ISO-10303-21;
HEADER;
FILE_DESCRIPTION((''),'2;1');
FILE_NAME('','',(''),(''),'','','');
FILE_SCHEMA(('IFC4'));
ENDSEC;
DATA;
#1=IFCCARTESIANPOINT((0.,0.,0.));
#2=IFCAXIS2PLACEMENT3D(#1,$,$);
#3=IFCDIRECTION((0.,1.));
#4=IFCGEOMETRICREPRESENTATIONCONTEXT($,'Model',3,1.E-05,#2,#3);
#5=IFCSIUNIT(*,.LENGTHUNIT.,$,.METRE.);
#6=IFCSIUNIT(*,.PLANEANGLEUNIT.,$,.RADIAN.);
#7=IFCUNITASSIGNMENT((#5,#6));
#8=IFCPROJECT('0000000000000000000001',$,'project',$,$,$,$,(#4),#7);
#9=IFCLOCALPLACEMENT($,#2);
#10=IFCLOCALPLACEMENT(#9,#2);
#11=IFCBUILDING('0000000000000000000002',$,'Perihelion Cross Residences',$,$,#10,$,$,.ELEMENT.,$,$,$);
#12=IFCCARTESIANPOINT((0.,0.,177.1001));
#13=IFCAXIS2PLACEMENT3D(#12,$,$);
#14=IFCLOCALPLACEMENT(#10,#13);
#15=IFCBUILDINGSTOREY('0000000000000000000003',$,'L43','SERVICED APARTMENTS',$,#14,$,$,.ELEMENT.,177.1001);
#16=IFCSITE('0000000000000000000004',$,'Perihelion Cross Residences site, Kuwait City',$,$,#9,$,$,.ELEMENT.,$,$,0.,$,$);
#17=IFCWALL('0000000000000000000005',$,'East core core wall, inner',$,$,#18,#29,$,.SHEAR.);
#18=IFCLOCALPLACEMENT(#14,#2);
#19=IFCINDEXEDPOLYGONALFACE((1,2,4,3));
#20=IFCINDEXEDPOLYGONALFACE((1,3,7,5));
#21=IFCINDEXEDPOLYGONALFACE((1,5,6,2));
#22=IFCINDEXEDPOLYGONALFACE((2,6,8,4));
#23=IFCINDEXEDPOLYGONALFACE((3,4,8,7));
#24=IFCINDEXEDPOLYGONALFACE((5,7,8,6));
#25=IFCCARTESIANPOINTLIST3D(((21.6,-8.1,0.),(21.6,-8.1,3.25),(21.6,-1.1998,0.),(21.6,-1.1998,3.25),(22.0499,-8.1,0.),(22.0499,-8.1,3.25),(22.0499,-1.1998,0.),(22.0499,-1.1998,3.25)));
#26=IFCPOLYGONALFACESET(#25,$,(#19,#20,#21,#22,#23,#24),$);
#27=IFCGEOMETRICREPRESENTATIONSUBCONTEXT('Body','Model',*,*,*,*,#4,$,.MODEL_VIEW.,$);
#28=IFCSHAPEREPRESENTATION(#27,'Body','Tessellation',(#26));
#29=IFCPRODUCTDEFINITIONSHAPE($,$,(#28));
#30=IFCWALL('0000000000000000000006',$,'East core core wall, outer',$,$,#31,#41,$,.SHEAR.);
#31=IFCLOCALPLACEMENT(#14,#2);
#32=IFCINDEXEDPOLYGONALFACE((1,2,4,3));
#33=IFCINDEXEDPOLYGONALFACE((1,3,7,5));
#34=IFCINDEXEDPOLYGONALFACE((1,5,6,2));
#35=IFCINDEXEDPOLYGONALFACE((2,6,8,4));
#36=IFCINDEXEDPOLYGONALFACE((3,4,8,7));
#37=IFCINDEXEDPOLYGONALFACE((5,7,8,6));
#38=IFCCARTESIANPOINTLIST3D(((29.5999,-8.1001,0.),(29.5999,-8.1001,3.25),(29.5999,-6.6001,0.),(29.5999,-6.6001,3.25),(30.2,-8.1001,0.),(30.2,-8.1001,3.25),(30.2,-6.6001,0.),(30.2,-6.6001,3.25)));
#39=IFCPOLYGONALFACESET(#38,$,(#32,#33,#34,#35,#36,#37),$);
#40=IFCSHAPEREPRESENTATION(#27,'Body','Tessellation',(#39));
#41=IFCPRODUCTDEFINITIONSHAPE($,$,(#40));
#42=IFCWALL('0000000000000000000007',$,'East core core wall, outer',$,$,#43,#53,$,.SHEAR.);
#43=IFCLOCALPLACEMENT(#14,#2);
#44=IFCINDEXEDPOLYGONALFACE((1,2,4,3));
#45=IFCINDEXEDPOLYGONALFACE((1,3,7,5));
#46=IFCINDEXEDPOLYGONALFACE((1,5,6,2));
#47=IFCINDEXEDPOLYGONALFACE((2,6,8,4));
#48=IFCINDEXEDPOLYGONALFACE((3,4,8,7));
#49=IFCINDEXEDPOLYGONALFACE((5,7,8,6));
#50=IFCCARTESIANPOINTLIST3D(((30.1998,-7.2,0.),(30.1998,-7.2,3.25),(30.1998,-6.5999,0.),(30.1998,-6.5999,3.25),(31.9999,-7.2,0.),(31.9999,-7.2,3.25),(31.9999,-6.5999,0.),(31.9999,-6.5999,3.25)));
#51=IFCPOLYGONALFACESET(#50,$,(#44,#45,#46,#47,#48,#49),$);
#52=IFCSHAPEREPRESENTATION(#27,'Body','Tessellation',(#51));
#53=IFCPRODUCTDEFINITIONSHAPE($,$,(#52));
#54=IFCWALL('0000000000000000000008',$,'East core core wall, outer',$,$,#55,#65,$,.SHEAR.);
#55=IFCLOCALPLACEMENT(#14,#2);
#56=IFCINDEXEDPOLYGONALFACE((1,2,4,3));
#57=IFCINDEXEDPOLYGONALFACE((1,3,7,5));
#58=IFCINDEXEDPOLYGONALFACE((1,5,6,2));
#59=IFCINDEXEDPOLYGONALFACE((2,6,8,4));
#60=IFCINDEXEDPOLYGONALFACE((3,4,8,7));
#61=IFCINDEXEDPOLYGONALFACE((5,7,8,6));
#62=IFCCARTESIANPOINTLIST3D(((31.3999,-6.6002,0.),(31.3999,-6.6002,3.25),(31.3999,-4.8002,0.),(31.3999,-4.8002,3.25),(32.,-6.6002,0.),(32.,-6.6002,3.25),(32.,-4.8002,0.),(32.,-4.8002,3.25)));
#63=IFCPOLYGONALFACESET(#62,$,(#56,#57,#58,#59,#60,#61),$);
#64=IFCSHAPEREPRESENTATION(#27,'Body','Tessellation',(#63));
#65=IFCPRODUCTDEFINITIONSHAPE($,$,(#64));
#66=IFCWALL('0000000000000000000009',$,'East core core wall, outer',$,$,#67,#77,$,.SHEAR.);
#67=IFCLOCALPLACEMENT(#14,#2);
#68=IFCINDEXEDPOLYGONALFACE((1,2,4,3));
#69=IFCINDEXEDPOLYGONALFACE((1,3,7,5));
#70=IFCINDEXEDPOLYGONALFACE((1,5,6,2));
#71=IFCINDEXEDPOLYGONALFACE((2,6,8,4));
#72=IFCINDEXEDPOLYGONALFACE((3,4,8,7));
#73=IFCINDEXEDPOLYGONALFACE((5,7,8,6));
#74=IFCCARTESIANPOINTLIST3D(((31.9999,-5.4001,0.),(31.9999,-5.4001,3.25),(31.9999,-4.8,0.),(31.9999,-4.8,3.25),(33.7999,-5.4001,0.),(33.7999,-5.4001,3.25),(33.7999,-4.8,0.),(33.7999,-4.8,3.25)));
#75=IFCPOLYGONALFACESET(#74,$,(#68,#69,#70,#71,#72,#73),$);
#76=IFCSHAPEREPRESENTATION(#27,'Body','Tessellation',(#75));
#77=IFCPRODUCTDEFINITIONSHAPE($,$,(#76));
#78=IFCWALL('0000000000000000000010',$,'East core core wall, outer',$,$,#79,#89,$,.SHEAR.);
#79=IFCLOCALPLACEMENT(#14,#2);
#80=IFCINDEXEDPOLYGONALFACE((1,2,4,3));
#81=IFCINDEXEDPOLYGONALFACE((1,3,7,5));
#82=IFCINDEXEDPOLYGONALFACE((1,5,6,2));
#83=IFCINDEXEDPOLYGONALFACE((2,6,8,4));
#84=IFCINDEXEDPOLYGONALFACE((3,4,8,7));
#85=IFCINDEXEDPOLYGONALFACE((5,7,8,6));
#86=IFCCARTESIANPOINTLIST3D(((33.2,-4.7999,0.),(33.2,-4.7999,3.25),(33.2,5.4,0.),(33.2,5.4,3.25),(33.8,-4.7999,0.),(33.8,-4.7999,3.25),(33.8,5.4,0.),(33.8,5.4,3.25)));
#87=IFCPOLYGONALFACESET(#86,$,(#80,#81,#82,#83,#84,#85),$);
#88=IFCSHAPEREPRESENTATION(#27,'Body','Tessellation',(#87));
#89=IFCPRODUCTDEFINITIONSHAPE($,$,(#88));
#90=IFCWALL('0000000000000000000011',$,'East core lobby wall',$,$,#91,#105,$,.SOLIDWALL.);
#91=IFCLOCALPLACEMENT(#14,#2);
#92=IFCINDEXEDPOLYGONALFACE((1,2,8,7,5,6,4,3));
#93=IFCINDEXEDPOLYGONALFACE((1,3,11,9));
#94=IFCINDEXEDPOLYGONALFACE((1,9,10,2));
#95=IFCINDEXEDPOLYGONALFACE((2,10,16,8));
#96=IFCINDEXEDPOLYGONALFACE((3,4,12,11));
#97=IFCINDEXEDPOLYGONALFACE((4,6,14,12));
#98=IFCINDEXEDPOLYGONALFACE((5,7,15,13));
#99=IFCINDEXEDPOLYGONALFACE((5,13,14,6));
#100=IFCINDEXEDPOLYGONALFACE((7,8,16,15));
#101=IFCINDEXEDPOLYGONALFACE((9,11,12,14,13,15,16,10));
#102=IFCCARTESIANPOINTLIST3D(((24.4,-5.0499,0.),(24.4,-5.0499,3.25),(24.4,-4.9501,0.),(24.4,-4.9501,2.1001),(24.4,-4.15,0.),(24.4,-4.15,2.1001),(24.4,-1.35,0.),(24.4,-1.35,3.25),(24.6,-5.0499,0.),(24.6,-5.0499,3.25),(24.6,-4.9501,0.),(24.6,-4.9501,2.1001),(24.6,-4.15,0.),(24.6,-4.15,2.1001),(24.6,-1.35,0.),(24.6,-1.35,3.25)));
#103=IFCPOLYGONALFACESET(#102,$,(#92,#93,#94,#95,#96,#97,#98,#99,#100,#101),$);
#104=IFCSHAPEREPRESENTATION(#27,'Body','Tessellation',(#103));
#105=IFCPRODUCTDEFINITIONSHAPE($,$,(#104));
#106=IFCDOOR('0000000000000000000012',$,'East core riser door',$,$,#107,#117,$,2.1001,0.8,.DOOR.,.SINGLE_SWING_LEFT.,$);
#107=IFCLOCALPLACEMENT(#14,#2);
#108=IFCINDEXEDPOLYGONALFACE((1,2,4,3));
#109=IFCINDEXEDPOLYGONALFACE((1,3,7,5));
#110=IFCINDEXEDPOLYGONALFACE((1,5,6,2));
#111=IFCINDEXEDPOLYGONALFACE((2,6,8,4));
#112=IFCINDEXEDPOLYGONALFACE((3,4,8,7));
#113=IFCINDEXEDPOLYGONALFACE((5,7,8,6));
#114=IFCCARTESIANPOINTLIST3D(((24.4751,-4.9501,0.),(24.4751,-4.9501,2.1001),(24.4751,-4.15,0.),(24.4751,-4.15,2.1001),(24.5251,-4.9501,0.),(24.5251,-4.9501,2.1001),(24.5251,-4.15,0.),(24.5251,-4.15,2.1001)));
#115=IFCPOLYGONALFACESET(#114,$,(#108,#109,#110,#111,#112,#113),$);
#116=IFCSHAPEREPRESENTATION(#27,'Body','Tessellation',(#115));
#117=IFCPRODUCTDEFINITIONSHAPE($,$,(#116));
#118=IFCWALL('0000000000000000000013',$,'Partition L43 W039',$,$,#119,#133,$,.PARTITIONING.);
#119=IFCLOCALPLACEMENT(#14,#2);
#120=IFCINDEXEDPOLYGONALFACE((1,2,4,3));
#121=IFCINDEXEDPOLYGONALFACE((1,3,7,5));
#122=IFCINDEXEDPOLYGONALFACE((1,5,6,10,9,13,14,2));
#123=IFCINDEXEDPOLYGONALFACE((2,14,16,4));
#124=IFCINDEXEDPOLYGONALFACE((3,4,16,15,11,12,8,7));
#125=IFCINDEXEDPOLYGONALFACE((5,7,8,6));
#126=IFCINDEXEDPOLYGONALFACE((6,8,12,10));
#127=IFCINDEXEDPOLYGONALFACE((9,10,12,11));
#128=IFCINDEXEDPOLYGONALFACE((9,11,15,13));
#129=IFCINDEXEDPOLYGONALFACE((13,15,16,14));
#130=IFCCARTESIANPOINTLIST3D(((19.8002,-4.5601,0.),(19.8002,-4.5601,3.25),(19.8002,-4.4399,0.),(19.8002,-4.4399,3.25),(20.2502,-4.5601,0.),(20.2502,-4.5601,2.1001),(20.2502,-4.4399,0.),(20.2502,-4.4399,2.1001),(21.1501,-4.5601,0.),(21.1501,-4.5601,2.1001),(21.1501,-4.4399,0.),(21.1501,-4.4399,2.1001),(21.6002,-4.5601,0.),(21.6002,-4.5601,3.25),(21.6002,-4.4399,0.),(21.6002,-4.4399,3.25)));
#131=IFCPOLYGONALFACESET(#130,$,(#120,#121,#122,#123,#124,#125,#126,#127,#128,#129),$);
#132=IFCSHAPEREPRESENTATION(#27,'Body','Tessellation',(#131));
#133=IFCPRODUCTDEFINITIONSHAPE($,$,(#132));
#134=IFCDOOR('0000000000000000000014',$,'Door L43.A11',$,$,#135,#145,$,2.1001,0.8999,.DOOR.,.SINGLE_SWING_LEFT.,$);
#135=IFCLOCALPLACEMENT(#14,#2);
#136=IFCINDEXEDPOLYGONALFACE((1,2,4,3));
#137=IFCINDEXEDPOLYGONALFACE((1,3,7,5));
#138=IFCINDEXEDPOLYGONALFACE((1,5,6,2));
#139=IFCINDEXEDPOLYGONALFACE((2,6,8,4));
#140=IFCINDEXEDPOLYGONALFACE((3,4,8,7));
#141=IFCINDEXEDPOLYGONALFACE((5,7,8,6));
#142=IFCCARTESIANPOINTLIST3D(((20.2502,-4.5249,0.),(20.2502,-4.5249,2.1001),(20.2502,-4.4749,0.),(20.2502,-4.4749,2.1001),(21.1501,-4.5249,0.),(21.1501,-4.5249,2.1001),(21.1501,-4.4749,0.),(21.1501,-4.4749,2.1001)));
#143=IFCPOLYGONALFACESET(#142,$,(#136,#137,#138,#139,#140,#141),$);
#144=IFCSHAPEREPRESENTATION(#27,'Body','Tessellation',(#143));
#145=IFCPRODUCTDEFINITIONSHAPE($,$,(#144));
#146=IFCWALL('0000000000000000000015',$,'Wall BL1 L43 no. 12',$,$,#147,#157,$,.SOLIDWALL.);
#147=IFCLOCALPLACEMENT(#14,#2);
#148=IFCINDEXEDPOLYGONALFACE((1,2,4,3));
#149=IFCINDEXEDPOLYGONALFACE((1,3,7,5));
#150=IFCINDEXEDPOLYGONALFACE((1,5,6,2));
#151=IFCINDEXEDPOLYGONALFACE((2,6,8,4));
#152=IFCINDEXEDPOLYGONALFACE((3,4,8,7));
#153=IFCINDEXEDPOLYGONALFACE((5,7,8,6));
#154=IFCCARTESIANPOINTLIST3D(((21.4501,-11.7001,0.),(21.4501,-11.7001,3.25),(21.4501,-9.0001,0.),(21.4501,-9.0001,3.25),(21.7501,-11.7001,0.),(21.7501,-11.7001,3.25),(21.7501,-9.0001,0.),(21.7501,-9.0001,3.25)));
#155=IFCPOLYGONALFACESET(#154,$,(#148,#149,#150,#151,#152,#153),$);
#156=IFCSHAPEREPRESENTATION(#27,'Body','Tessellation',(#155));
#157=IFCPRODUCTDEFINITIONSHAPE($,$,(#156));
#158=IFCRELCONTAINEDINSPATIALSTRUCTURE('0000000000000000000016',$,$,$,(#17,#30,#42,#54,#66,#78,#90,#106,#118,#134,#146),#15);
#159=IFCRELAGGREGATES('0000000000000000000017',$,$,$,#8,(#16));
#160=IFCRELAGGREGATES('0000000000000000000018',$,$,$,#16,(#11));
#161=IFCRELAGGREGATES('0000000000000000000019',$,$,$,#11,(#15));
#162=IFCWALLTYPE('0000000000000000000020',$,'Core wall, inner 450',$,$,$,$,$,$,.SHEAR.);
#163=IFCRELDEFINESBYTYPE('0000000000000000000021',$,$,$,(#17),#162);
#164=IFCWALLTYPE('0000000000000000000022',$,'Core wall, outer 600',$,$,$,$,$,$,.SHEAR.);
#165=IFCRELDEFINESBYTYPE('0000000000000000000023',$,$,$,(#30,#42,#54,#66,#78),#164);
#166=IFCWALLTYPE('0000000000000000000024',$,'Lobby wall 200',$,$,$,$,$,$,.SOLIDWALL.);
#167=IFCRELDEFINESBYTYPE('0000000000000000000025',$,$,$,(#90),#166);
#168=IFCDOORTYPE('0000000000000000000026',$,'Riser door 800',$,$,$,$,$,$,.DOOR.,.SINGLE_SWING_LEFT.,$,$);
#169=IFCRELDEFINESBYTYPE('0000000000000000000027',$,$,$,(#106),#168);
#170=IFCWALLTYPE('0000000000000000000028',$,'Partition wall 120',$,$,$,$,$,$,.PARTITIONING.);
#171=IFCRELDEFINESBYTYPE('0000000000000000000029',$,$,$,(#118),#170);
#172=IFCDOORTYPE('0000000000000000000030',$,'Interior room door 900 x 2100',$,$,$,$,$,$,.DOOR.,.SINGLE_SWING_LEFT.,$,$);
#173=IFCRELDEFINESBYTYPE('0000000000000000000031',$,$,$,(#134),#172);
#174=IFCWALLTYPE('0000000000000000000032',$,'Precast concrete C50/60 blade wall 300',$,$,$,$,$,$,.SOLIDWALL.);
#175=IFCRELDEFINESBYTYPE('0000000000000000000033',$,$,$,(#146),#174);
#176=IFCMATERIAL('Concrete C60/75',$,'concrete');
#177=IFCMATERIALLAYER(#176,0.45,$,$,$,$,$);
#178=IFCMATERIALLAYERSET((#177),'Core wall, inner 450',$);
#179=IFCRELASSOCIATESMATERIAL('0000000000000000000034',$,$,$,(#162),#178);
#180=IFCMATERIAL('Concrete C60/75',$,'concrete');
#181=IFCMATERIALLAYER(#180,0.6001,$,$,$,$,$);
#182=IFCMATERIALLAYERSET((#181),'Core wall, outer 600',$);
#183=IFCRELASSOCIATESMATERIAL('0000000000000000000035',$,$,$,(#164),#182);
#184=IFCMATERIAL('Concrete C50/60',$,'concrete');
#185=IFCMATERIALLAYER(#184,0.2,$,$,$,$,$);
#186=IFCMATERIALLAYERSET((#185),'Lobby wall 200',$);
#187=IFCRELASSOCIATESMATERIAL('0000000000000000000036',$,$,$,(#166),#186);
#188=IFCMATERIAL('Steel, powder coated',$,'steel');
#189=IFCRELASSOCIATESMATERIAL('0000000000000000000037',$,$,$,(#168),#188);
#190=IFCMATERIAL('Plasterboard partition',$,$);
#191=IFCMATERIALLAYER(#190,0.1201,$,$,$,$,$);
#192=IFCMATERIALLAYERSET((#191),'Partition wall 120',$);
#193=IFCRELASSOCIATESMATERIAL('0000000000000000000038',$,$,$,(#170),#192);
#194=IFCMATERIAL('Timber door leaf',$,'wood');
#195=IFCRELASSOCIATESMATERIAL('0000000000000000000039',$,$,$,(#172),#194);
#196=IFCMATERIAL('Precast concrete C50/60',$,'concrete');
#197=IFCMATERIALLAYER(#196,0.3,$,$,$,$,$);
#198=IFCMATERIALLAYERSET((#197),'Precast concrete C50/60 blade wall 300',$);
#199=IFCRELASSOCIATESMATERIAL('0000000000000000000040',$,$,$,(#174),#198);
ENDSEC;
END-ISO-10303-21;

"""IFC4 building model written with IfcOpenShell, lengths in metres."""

from ifc_helpers import new_model, si_unit, direction, frame, frame_2d, origin, place, context, subcontext, project, spatial, rectangle, extrude, material, layer, layer_set, type_object, element, fill, save


model = new_model("IFC4")

# Units and contexts
model_context = context("Model", 3, precision=1e-05, world=origin(), true_north=direction((0.0, 1.0)))
body_context = subcontext(model_context, "Body", "Model", "MODEL_VIEW")
ifc_project = project(units=[si_unit("LENGTHUNIT", "METRE"), si_unit("PLANEANGLEUNIT", "RADIAN")], contexts=[model_context])

# Site, building, storey
site_placement = place(None, origin())
site = spatial("IfcSite", under=ifc_project, at=site_placement, Name="Perihelion Cross Residences site, Kuwait City", CompositionType="ELEMENT", RefElevation=0.0)
building_placement = place(site_placement, origin())
building = spatial("IfcBuilding", under=site, at=building_placement, Name="Perihelion Cross Residences", CompositionType="ELEMENT")
storey_placement = place(building_placement, frame((0.0, 0.0, 177.1001)))
storey = spatial("IfcBuildingStorey", under=building, at=storey_placement, Name="L43", Description="SERVICED APARTMENTS", CompositionType="ELEMENT", Elevation=177.1001)

# Walls
ifc_material_1 = material(Name="Concrete C60/75", Category="concrete")
ifc_layer_1 = layer(ifc_material_1, 0.45)
ifc_layer_set_1 = layer_set([ifc_layer_1], Name="Core wall, inner 450")
wall_type_1 = type_object("IfcWallType", Name="Core wall, inner 450", PredefinedType="SHEAR", material=ifc_layer_set_1)
wall_1_placement = place(storey_placement, frame((21.825, -8.1001, 0.0), z_axis=(0.0, 0.0, 1.0), x_axis=(0.0, 1.0, 0.0)))
element("IfcWall", 1, at=wall_1_placement, inside=storey, type_object=wall_type_1, Name="East core core wall, inner", PredefinedType="SHEAR", context=body_context, shape_type="SweptSolid", body=[
    extrude(rectangle(XDim=6.9001, YDim=0.45, at=frame_2d((3.4502, 0.0))), origin(), (0.0, 0.0, 1.0), 3.25),
])
ifc_material_2 = material(Name="Concrete C60/75", Category="concrete")
ifc_layer_2 = layer(ifc_material_2, 0.6001)
ifc_layer_set_2 = layer_set([ifc_layer_2], Name="Core wall, outer 600")
wall_type_2 = type_object("IfcWallType", Name="Core wall, outer 600", PredefinedType="SHEAR", material=ifc_layer_set_2)
wall_2_placement = place(storey_placement, frame((29.8999, -8.1001, 0.0), z_axis=(0.0, 0.0, 1.0), x_axis=(0.0, 1.0, 0.0)))
element("IfcWall", 2, at=wall_2_placement, inside=storey, type_object=wall_type_2, Name="East core core wall, outer", PredefinedType="SHEAR", context=body_context, shape_type="SweptSolid", body=[
    extrude(rectangle(XDim=1.5, YDim=0.6001, at=frame_2d((0.75, 0.0))), origin(), (0.0, 0.0, 1.0), 3.25),
])
for number, where, z_axis, x_axis, name in (
    (3, (30.2, -6.8999, 0.0), (0.0, 0.0, 1.0), (1.0, 0.0, 0.0), "East core core wall, outer"),
    (4, (31.7, -6.6001, 0.0), (0.0, 0.0, 1.0), (0.0, 1.0, 0.0), "East core core wall, outer"),
    (5, (32.0, -5.1001, 0.0), (0.0, 0.0, 1.0), (1.0, 0.0, 0.0), "East core core wall, outer"),
):
    element("IfcWall", number, at=place(storey_placement, frame(where, z_axis=z_axis, x_axis=x_axis)), inside=storey, type_object=wall_type_2, Name=name, PredefinedType="SHEAR", context=body_context, shape_type="SweptSolid", body=[
        extrude(rectangle(XDim=1.8, YDim=0.6001, at=frame_2d((0.8999, 0.0))), origin(), (0.0, 0.0, 1.0), 3.25),
    ])
wall_3_placement = place(storey_placement, frame((33.5, -4.8, 0.0), z_axis=(0.0, 0.0, 1.0), x_axis=(0.0, 1.0, 0.0)))
element("IfcWall", 6, at=wall_3_placement, inside=storey, type_object=wall_type_2, Name="East core core wall, outer", PredefinedType="SHEAR", context=body_context, shape_type="SweptSolid", body=[
    extrude(rectangle(XDim=10.2, YDim=0.6001, at=frame_2d((5.1001, 0.0))), origin(), (0.0, 0.0, 1.0), 3.25),
])

# Walls, openings, doors
ifc_material_3 = material(Name="Concrete C50/60", Category="concrete")
ifc_layer_3 = layer(ifc_material_3, 0.2)
ifc_layer_set_3 = layer_set([ifc_layer_3], Name="Lobby wall 200")
wall_type_3 = type_object("IfcWallType", Name="Lobby wall 200", PredefinedType="SOLIDWALL", material=ifc_layer_set_3)
wall_4_placement = place(storey_placement, frame((24.5, -5.05, 0.0), z_axis=(0.0, 0.0, 1.0), x_axis=(0.0, 1.0, 0.0)))
wall_4 = element("IfcWall", 7, at=wall_4_placement, inside=storey, type_object=wall_type_3, Name="East core lobby wall", PredefinedType="SOLIDWALL", context=body_context, shape_type="SweptSolid", body=[
    extrude(rectangle(XDim=3.7, YDim=0.2, at=frame_2d((1.8501, 0.0))), origin(), (0.0, 0.0, 1.0), 3.25),
])
opening_1_placement = place(wall_4_placement, frame((0.1001, 0.0, 0.0)))
opening_1 = element("IfcOpeningElement", 8, at=opening_1_placement, cuts=wall_4, PredefinedType="OPENING", context=body_context, shape_type="SweptSolid", body=[
    extrude(rectangle(XDim=0.8, YDim=2.1001, at=frame_2d((0.3999, 1.05))), frame((0.0, 0.1099, 0.0), z_axis=(0.0, -1.0, 0.0), x_axis=(1.0, 0.0, 0.0)), (0.0, 0.0, 1.0), 0.22),
])
ifc_material_4 = material(Name="Steel, powder coated", Category="steel")
door_type_1 = type_object("IfcDoorType", Name="Riser door 800", OperationType="SINGLE_SWING_LEFT", PredefinedType="DOOR", material=ifc_material_4)
door_1_placement = place(opening_1_placement, origin())
door_1 = element("IfcDoor", 9, at=door_1_placement, inside=storey, type_object=door_type_1, Name="East core riser door", OperationType="SINGLE_SWING_LEFT", OverallHeight=2.1001, OverallWidth=0.8, PredefinedType="DOOR", context=body_context, shape_type="SweptSolid", body=[
    extrude(rectangle(XDim=0.8, YDim=2.1001, at=frame_2d((0.3999, 1.05))), frame((0.0, 0.0249, 0.0), z_axis=(0.0, -1.0, 0.0), x_axis=(1.0, 0.0, 0.0)), (0.0, 0.0, 1.0), 0.05),
])
fill(opening_1, door_1)
ifc_material_5 = material(Name="Plasterboard partition")
ifc_layer_4 = layer(ifc_material_5, 0.1201)
ifc_layer_set_4 = layer_set([ifc_layer_4], Name="Partition wall 120")
wall_type_4 = type_object("IfcWallType", Name="Partition wall 120", PredefinedType="PARTITIONING", material=ifc_layer_set_4)
wall_5_placement = place(storey_placement, frame((21.6001, -4.5, 0.0), z_axis=(0.0, 0.0, 1.0), x_axis=(-1.0, 0.0, 0.0)))
wall_5 = element("IfcWall", 10, at=wall_5_placement, inside=storey, type_object=wall_type_4, Name="Partition L43 W039", PredefinedType="PARTITIONING", context=body_context, shape_type="SweptSolid", body=[
    extrude(rectangle(XDim=1.8, YDim=0.1201, at=frame_2d((0.8999, 0.0))), origin(), (0.0, 0.0, 1.0), 3.25),
])
opening_2_placement = place(wall_5_placement, frame((0.45, 0.0, 0.0)))
opening_2 = element("IfcOpeningElement", 11, at=opening_2_placement, cuts=wall_5, PredefinedType="OPENING", context=body_context, shape_type="SweptSolid", body=[
    extrude(rectangle(XDim=0.8999, YDim=2.1001, at=frame_2d((0.45, 1.05))), frame((0.0, 0.0701, 0.0), z_axis=(0.0, -1.0, 0.0), x_axis=(1.0, 0.0, 0.0)), (0.0, 0.0, 1.0), 0.1401),
])
ifc_material_6 = material(Name="Timber door leaf", Category="wood")
door_type_2 = type_object("IfcDoorType", Name="Interior room door 900 x 2100", OperationType="SINGLE_SWING_LEFT", PredefinedType="DOOR", material=ifc_material_6)
door_2_placement = place(opening_2_placement, origin())
door_2 = element("IfcDoor", 12, at=door_2_placement, inside=storey, type_object=door_type_2, Name="Door L43.A11", OperationType="SINGLE_SWING_LEFT", OverallHeight=2.1001, OverallWidth=0.8999, PredefinedType="DOOR", context=body_context, shape_type="SweptSolid", body=[
    extrude(rectangle(XDim=0.8999, YDim=2.1001, at=frame_2d((0.45, 1.05))), frame((0.0, 0.0249, 0.0), z_axis=(0.0, -1.0, 0.0), x_axis=(1.0, 0.0, 0.0)), (0.0, 0.0, 1.0), 0.05),
])
fill(opening_2, door_2)

# Wall
ifc_material_7 = material(Name="Precast concrete C50/60", Category="concrete")
ifc_layer_5 = layer(ifc_material_7, 0.3)
ifc_layer_set_5 = layer_set([ifc_layer_5], Name="Precast concrete C50/60 blade wall 300")
wall_type_5 = type_object("IfcWallType", Name="Precast concrete C50/60 blade wall 300", PredefinedType="SOLIDWALL", material=ifc_layer_set_5)
wall_6_placement = place(storey_placement, frame((21.6001, -9.0, 0.0), z_axis=(0.0, 0.0, 1.0), x_axis=(0.0, -1.0, 0.0)))
element("IfcWall", 13, at=wall_6_placement, inside=storey, type_object=wall_type_5, Name="Wall BL1 L43 no. 12", PredefinedType="SOLIDWALL", context=body_context, shape_type="SweptSolid", body=[
    extrude(rectangle(XDim=2.7, YDim=0.3, at=frame_2d((1.3501, 0.0))), origin(), (0.0, 0.0, 1.0), 3.25),
])

save(model, "model.ifc")
